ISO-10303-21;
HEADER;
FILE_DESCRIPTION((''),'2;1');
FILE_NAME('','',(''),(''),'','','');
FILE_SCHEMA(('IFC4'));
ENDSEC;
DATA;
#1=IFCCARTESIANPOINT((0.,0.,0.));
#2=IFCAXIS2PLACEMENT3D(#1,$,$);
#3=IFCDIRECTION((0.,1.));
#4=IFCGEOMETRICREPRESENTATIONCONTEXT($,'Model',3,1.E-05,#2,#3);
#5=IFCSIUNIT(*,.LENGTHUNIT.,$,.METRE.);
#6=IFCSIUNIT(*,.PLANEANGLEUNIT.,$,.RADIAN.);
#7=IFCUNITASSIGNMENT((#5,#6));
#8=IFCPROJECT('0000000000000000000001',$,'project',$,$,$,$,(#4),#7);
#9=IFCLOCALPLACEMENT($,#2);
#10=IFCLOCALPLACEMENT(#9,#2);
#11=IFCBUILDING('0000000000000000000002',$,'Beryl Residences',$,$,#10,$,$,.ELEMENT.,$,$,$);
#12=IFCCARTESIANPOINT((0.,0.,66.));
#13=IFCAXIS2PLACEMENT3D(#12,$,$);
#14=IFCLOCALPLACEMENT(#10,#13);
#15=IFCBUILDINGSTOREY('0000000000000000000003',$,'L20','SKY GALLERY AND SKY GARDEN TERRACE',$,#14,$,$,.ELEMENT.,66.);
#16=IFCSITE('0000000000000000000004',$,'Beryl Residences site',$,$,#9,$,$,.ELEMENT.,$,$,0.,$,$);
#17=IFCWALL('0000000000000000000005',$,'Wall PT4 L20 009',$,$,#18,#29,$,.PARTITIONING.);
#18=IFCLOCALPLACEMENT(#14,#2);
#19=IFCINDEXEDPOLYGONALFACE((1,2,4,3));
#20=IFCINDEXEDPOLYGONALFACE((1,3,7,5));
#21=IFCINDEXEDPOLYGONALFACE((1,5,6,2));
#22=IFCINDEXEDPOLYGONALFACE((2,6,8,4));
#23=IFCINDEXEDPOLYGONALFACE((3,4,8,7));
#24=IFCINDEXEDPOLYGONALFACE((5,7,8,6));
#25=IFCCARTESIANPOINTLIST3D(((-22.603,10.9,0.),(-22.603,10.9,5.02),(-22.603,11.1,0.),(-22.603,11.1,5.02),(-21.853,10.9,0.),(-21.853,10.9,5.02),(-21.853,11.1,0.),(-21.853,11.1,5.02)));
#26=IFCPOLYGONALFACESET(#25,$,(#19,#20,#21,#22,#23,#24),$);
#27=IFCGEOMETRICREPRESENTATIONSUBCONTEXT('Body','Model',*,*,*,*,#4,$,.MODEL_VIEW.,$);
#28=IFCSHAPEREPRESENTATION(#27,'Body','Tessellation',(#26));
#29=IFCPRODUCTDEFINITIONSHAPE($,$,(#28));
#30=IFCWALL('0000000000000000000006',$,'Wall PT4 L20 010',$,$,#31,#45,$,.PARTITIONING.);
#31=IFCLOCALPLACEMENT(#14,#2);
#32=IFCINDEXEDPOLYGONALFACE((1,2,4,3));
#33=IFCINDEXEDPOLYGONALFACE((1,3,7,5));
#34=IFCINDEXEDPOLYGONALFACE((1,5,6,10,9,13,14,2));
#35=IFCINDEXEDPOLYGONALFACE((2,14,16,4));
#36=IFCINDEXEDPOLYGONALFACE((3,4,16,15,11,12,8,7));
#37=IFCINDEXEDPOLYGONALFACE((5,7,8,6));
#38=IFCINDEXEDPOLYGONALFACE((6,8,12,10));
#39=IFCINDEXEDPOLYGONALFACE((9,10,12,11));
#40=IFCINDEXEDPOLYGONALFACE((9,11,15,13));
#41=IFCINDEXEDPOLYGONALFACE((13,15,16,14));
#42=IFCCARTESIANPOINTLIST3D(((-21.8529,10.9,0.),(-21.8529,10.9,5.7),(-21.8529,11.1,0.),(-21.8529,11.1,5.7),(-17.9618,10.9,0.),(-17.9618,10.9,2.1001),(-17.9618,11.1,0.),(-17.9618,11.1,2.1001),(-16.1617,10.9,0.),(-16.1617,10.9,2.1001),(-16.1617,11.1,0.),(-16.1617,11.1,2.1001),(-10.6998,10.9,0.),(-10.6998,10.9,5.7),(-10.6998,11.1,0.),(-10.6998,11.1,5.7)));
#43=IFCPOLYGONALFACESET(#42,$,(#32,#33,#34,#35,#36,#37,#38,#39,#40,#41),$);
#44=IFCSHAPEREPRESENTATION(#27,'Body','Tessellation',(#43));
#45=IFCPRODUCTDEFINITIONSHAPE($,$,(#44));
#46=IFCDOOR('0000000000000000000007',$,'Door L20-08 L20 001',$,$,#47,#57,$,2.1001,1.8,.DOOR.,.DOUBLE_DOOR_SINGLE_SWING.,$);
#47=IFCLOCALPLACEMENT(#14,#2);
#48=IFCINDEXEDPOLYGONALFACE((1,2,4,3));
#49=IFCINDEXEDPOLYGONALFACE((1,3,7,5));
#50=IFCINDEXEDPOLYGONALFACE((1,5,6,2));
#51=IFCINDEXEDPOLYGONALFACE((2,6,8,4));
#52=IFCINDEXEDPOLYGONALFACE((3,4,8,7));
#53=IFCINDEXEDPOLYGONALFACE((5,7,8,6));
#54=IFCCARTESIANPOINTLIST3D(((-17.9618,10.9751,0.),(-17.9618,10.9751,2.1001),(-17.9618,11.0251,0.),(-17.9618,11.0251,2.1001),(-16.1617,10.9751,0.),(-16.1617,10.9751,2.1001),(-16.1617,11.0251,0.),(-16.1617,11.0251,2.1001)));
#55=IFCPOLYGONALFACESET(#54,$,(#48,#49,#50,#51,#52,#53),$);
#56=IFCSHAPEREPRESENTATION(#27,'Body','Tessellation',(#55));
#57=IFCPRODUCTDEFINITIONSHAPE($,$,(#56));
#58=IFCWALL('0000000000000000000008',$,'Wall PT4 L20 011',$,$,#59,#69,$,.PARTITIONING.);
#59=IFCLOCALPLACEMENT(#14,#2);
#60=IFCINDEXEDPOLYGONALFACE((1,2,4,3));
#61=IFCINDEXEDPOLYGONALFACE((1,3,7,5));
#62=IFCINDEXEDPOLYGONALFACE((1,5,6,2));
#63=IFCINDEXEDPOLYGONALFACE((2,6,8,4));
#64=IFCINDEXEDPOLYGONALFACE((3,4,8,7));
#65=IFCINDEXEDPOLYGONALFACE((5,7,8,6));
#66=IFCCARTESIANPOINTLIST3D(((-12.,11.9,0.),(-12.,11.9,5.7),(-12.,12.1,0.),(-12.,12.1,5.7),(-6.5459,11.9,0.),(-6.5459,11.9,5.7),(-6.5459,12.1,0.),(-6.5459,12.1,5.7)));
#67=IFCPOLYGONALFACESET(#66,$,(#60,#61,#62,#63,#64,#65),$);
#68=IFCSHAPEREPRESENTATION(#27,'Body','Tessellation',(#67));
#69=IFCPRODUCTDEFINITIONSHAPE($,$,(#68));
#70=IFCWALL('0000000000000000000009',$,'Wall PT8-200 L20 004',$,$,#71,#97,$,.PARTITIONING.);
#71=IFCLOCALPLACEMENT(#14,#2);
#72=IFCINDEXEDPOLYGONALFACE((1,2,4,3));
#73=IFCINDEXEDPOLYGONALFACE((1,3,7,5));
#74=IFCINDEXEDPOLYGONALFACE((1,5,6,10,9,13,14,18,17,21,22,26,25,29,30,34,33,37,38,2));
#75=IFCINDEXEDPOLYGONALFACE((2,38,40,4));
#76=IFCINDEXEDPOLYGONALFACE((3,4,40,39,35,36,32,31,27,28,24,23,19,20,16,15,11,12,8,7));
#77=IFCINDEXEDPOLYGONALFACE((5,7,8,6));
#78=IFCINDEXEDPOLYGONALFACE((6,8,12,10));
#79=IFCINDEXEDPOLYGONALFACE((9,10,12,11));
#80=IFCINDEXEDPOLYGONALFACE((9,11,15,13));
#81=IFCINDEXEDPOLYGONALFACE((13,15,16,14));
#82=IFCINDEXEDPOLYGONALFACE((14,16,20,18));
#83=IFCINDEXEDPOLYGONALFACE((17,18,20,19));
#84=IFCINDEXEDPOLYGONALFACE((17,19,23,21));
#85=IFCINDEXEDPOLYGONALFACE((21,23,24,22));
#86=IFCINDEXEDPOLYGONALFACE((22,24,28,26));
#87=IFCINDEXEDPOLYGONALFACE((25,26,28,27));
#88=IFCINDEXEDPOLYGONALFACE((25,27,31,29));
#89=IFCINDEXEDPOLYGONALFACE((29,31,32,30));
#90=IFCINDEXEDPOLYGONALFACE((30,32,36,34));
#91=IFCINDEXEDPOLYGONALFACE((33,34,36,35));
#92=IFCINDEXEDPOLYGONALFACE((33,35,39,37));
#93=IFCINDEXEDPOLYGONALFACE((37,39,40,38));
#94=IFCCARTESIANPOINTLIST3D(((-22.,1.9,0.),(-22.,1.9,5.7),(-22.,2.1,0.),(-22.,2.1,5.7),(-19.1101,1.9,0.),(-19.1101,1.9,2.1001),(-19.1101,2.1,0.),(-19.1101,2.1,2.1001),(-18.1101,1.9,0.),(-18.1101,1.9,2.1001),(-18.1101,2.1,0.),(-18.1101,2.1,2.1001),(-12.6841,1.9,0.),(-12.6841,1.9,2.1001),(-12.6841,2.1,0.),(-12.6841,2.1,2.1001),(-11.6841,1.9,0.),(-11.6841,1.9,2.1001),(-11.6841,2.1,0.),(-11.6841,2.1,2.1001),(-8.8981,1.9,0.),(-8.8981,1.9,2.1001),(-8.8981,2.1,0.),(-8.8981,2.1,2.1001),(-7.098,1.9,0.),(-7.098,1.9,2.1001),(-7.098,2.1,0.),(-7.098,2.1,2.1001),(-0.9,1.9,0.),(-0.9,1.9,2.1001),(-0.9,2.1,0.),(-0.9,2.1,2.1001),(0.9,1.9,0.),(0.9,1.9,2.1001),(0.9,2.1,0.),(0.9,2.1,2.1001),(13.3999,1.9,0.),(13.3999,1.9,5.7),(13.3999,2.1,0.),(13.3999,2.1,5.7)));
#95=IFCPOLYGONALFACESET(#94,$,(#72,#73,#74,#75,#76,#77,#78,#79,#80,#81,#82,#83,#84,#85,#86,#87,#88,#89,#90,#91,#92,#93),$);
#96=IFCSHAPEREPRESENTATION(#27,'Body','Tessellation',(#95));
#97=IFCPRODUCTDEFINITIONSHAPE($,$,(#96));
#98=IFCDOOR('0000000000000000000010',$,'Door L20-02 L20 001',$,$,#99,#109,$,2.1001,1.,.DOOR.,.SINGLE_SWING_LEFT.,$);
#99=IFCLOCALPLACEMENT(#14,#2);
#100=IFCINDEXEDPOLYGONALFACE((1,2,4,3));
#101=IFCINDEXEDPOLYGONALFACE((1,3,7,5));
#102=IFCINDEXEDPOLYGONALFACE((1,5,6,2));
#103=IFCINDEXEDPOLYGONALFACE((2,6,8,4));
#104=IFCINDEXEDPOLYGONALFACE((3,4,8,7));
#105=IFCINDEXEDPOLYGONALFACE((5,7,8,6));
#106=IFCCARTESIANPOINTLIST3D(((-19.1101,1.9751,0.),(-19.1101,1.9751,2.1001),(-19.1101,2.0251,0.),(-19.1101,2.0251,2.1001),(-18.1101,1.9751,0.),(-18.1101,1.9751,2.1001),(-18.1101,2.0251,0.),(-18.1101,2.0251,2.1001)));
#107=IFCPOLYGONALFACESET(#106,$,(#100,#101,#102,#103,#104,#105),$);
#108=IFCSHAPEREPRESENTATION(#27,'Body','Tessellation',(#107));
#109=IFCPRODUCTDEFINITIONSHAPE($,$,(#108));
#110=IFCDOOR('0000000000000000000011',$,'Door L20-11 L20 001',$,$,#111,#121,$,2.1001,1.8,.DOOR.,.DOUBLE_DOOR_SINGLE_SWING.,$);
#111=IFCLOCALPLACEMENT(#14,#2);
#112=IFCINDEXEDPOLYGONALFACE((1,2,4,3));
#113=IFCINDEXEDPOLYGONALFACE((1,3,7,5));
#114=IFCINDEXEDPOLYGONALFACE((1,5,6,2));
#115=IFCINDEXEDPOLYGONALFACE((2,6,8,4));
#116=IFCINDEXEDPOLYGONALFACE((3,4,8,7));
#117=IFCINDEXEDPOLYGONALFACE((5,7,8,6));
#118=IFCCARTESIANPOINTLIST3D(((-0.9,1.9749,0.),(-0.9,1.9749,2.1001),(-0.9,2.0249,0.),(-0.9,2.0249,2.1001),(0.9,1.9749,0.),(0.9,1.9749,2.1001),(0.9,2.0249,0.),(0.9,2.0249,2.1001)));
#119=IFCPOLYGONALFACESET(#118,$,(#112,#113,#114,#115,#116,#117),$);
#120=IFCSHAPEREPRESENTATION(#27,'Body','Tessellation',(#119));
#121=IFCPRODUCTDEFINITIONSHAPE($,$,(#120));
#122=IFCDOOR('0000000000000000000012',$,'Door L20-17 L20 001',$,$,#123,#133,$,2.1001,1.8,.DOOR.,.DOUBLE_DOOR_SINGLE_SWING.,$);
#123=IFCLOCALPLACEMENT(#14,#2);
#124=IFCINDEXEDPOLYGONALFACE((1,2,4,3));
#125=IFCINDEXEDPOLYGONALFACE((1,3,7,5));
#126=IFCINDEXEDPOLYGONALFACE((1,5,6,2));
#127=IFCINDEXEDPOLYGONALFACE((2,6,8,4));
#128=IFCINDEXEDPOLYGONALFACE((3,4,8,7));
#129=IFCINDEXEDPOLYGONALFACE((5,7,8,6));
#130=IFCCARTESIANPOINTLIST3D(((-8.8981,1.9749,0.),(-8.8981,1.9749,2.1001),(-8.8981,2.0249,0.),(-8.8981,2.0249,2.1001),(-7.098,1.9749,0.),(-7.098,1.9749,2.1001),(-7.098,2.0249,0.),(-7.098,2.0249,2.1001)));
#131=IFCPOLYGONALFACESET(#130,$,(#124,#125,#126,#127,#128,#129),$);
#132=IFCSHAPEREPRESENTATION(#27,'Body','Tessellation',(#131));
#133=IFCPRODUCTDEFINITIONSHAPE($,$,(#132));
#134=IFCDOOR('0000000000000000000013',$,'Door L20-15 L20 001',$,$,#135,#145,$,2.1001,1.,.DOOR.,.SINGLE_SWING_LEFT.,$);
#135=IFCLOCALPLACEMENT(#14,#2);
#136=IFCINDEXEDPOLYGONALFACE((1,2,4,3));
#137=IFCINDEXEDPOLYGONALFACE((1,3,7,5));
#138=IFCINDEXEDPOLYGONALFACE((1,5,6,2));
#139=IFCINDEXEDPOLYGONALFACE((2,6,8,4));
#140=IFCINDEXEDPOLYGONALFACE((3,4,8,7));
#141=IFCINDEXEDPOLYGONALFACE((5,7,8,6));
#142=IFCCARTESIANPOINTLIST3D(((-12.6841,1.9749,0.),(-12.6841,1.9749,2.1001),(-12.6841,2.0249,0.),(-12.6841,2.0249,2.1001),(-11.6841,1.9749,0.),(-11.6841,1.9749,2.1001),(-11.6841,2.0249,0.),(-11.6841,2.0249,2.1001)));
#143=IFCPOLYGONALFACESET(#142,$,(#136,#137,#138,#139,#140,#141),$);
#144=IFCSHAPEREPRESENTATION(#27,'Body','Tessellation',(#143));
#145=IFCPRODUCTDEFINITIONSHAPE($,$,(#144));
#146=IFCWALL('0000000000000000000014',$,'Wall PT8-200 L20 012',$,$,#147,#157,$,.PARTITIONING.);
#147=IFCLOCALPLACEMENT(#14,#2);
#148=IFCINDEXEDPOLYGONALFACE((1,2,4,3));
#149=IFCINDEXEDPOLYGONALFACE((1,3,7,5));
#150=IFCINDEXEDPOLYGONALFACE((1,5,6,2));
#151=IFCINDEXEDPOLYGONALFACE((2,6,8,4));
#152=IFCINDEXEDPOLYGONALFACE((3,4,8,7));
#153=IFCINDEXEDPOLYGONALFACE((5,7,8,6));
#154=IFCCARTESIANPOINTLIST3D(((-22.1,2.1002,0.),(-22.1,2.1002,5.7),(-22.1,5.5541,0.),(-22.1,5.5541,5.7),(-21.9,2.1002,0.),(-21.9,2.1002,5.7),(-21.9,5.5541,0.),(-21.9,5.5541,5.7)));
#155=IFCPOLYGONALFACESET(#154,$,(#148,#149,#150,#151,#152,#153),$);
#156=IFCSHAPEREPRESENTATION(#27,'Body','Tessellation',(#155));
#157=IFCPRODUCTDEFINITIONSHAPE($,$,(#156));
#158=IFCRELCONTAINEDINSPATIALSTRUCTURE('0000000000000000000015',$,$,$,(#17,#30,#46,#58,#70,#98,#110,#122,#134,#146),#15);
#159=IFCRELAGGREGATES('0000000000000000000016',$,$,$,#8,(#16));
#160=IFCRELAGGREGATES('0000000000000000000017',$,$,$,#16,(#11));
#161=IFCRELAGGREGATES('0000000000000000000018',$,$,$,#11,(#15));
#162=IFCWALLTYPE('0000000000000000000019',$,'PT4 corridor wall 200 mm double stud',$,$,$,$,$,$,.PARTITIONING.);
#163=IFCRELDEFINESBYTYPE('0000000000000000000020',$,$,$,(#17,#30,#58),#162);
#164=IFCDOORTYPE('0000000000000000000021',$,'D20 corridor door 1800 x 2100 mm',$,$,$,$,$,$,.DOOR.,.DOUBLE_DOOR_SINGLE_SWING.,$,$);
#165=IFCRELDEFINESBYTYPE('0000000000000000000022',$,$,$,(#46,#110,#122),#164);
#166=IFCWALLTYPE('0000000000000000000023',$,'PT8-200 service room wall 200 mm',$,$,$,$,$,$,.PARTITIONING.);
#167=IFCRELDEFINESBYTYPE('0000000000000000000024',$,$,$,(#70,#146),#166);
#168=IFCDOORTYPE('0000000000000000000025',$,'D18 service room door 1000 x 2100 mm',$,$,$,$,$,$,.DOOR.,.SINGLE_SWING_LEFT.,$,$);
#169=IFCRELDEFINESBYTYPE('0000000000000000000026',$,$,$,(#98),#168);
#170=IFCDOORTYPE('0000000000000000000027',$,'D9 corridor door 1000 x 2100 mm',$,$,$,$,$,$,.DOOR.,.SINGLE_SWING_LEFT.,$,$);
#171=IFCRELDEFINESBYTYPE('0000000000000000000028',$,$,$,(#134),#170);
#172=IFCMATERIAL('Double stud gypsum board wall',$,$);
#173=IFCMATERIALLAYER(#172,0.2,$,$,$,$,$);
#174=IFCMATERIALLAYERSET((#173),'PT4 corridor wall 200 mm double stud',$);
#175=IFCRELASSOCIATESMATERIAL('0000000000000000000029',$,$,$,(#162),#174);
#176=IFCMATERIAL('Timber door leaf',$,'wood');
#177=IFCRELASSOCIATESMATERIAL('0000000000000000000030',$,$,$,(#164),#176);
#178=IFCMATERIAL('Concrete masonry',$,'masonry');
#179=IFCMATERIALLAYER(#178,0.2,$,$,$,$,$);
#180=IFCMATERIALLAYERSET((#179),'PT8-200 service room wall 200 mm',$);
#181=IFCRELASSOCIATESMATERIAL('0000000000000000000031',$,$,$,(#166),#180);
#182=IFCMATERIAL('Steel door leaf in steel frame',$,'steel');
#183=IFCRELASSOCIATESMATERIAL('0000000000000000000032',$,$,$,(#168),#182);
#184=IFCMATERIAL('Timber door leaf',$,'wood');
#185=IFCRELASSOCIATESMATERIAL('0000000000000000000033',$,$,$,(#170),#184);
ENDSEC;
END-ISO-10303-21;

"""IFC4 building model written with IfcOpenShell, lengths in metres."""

from ifc_helpers import new_model, si_unit, direction, frame, frame_2d, origin, place, context, subcontext, project, spatial, rectangle, extrude, material, layer, layer_set, type_object, element, fill, save


model = new_model("IFC4")

# Units and contexts
model_context = context("Model", 3, precision=1e-05, world=origin(), true_north=direction((0.0, 1.0)))
body_context = subcontext(model_context, "Body", "Model", "MODEL_VIEW")
ifc_project = project(units=[si_unit("LENGTHUNIT", "METRE"), si_unit("PLANEANGLEUNIT", "RADIAN")], contexts=[model_context])

# Site, building, storey
site_placement = place(None, origin())
site = spatial("IfcSite", under=ifc_project, at=site_placement, Name="Beryl Residences site", CompositionType="ELEMENT", RefElevation=0.0)
building_placement = place(site_placement, origin())
building = spatial("IfcBuilding", under=site, at=building_placement, Name="Beryl Residences", CompositionType="ELEMENT")
storey_placement = place(building_placement, frame((0.0, 0.0, 66.0)))
storey = spatial("IfcBuildingStorey", under=building, at=storey_placement, Name="L20", Description="SKY GALLERY AND SKY GARDEN TERRACE", CompositionType="ELEMENT", Elevation=66.0)

# Wall
ifc_material_1 = material(Name="Double stud gypsum board wall")
ifc_layer_1 = layer(ifc_material_1, 0.2)
ifc_layer_set_1 = layer_set([ifc_layer_1], Name="PT4 corridor wall 200 mm double stud")
wall_type_1 = type_object("IfcWallType", Name="PT4 corridor wall 200 mm double stud", PredefinedType="PARTITIONING", material=ifc_layer_set_1)
wall_1_placement = place(storey_placement, frame((-22.603, 11.0, 0.0), z_axis=(0.0, 0.0, 1.0), x_axis=(1.0, 0.0, 0.0)))
element("IfcWall", 1, at=wall_1_placement, inside=storey, type_object=wall_type_1, Name="Wall PT4 L20 009", PredefinedType="PARTITIONING", context=body_context, shape_type="SweptSolid", body=[
    extrude(rectangle(XDim=0.75, YDim=0.2, at=frame_2d((0.375, 0.0))), origin(), (0.0, 0.0, 1.0), 5.02),
])

# Wall, opening, door
wall_2_placement = place(storey_placement, frame((-21.853, 11.0, 0.0), z_axis=(0.0, 0.0, 1.0), x_axis=(1.0, 0.0, 0.0)))
wall_2 = element("IfcWall", 2, at=wall_2_placement, inside=storey, type_object=wall_type_1, Name="Wall PT4 L20 010", PredefinedType="PARTITIONING", context=body_context, shape_type="SweptSolid", body=[
    extrude(rectangle(XDim=11.1531, YDim=0.2, at=frame_2d((5.5767, 0.0))), origin(), (0.0, 0.0, 1.0), 5.7),
])
opening_1_placement = place(wall_2_placement, frame((5.6912, 0.0, 0.0), z_axis=(0.0, 0.0, 1.0), x_axis=(-1.0, 0.0, 0.0)))
opening_1 = element("IfcOpeningElement", 3, at=opening_1_placement, cuts=wall_2, PredefinedType="OPENING", context=body_context, shape_type="SweptSolid", body=[
    extrude(rectangle(XDim=1.8, YDim=2.1001, at=frame_2d((0.8999, 1.05))), frame((0.0, 0.1099, 0.0), z_axis=(0.0, -1.0, 0.0), x_axis=(1.0, 0.0, 0.0)), (0.0, 0.0, 1.0), 0.22),
])
ifc_material_2 = material(Name="Timber door leaf", Category="wood")
door_type_1 = type_object("IfcDoorType", Name="D20 corridor door 1800 x 2100 mm", OperationType="DOUBLE_DOOR_SINGLE_SWING", PredefinedType="DOOR", material=ifc_material_2)
door_1_placement = place(opening_1_placement, origin())
door_1 = element("IfcDoor", 4, at=door_1_placement, inside=storey, type_object=door_type_1, Name="Door L20-08 L20 001", OperationType="DOUBLE_DOOR_SINGLE_SWING", OverallHeight=2.1001, OverallWidth=1.8, PredefinedType="DOOR", context=body_context, shape_type="SweptSolid", body=[
    extrude(rectangle(XDim=1.8, YDim=2.1001, at=frame_2d((0.8999, 1.05))), frame((0.0, 0.0249, 0.0), z_axis=(0.0, -1.0, 0.0), x_axis=(1.0, 0.0, 0.0)), (0.0, 0.0, 1.0), 0.05),
])
fill(opening_1, door_1)

# Wall
wall_3_placement = place(storey_placement, frame((-12.0, 12.0, 0.0), z_axis=(0.0, 0.0, 1.0), x_axis=(1.0, 0.0, 0.0)))
element("IfcWall", 5, at=wall_3_placement, inside=storey, type_object=wall_type_1, Name="Wall PT4 L20 011", PredefinedType="PARTITIONING", context=body_context, shape_type="SweptSolid", body=[
    extrude(rectangle(XDim=5.4541, YDim=0.2, at=frame_2d((2.7271, 0.0))), origin(), (0.0, 0.0, 1.0), 5.7),
])

# Wall, openings, doors
ifc_material_3 = material(Name="Concrete masonry", Category="masonry")
ifc_layer_2 = layer(ifc_material_3, 0.2)
ifc_layer_set_2 = layer_set([ifc_layer_2], Name="PT8-200 service room wall 200 mm")
wall_type_2 = type_object("IfcWallType", Name="PT8-200 service room wall 200 mm", PredefinedType="PARTITIONING", material=ifc_layer_set_2)
wall_4_placement = place(storey_placement, frame((-22.0, 2.0, 0.0), z_axis=(0.0, 0.0, 1.0), x_axis=(1.0, 0.0, 0.0)))
wall_4 = element("IfcWall", 6, at=wall_4_placement, inside=storey, type_object=wall_type_2, Name="Wall PT8-200 L20 004", PredefinedType="PARTITIONING", context=body_context, shape_type="SweptSolid", body=[
    extrude(rectangle(XDim=35.3999, YDim=0.2, at=frame_2d((17.7, 0.0))), origin(), (0.0, 0.0, 1.0), 5.7),
])
opening_2_placement = place(wall_4_placement, frame((3.8899, 0.0, 0.0), z_axis=(0.0, 0.0, 1.0), x_axis=(-1.0, 0.0, 0.0)))
opening_2 = element("IfcOpeningElement", 7, at=opening_2_placement, cuts=wall_4, PredefinedType="OPENING", context=body_context, shape_type="SweptSolid", body=[
    extrude(rectangle(XDim=1.0, YDim=2.1001, at=frame_2d((0.5, 1.05))), frame((0.0, 0.1099, 0.0), z_axis=(0.0, -1.0, 0.0), x_axis=(1.0, 0.0, 0.0)), (0.0, 0.0, 1.0), 0.22),
])
opening_3_placement = place(wall_4_placement, frame((21.1001, 0.0, 0.0)))
opening_3 = element("IfcOpeningElement", 8, at=opening_3_placement, cuts=wall_4, PredefinedType="OPENING", context=body_context, shape_type="SweptSolid", body=[
    extrude(rectangle(XDim=1.8, YDim=2.1001, at=frame_2d((0.8999, 1.05))), frame((0.0, 0.1099, 0.0), z_axis=(0.0, -1.0, 0.0), x_axis=(1.0, 0.0, 0.0)), (0.0, 0.0, 1.0), 0.22),
])
opening_4_placement = place(wall_4_placement, frame((9.3159, 0.0, 0.0)))
opening_4 = element("IfcOpeningElement", 9, at=opening_4_placement, cuts=wall_4, PredefinedType="OPENING", context=body_context, shape_type="SweptSolid", body=[
    extrude(rectangle(XDim=1.0, YDim=2.1001, at=frame_2d((0.5, 1.05))), frame((0.0, 0.1099, 0.0), z_axis=(0.0, -1.0, 0.0), x_axis=(1.0, 0.0, 0.0)), (0.0, 0.0, 1.0), 0.22),
])
opening_5_placement = place(wall_4_placement, frame((13.1021, 0.0, 0.0)))
opening_5 = element("IfcOpeningElement", 10, at=opening_5_placement, cuts=wall_4, PredefinedType="OPENING", context=body_context, shape_type="SweptSolid", body=[
    extrude(rectangle(XDim=1.8, YDim=2.1001, at=frame_2d((0.8999, 1.05))), frame((0.0, 0.1099, 0.0), z_axis=(0.0, -1.0, 0.0), x_axis=(1.0, 0.0, 0.0)), (0.0, 0.0, 1.0), 0.22),
])
ifc_material_4 = material(Name="Steel door leaf in steel frame", Category="steel")
door_type_2 = type_object("IfcDoorType", Name="D18 service room door 1000 x 2100 mm", OperationType="SINGLE_SWING_LEFT", PredefinedType="DOOR", material=ifc_material_4)
door_2_placement = place(opening_2_placement, origin())
door_2 = element("IfcDoor", 11, at=door_2_placement, inside=storey, type_object=door_type_2, Name="Door L20-02 L20 001", OperationType="SINGLE_SWING_LEFT", OverallHeight=2.1001, OverallWidth=1.0, PredefinedType="DOOR", context=body_context, shape_type="SweptSolid", body=[
    extrude(rectangle(XDim=1.0, YDim=2.1001, at=frame_2d((0.5, 1.05))), frame((0.0, 0.0249, 0.0), z_axis=(0.0, -1.0, 0.0), x_axis=(1.0, 0.0, 0.0)), (0.0, 0.0, 1.0), 0.05),
])
fill(opening_2, door_2)
door_3_placement = place(opening_3_placement, origin())
door_3 = element("IfcDoor", 12, at=door_3_placement, inside=storey, type_object=door_type_1, Name="Door L20-11 L20 001", OperationType="DOUBLE_DOOR_SINGLE_SWING", OverallHeight=2.1001, OverallWidth=1.8, PredefinedType="DOOR", context=body_context, shape_type="SweptSolid", body=[
    extrude(rectangle(XDim=1.8, YDim=2.1001, at=frame_2d((0.8999, 1.05))), frame((0.0, 0.0249, 0.0), z_axis=(0.0, -1.0, 0.0), x_axis=(1.0, 0.0, 0.0)), (0.0, 0.0, 1.0), 0.05),
])
fill(opening_3, door_3)
door_4_placement = place(opening_5_placement, origin())
door_4 = element("IfcDoor", 13, at=door_4_placement, inside=storey, type_object=door_type_1, Name="Door L20-17 L20 001", OperationType="DOUBLE_DOOR_SINGLE_SWING", OverallHeight=2.1001, OverallWidth=1.8, PredefinedType="DOOR", context=body_context, shape_type="SweptSolid", body=[
    extrude(rectangle(XDim=1.8, YDim=2.1001, at=frame_2d((0.8999, 1.05))), frame((0.0, 0.0249, 0.0), z_axis=(0.0, -1.0, 0.0), x_axis=(1.0, 0.0, 0.0)), (0.0, 0.0, 1.0), 0.05),
])
fill(opening_5, door_4)
ifc_material_5 = material(Name="Timber door leaf", Category="wood")
door_type_3 = type_object("IfcDoorType", Name="D9 corridor door 1000 x 2100 mm", OperationType="SINGLE_SWING_LEFT", PredefinedType="DOOR", material=ifc_material_5)
door_5_placement = place(opening_4_placement, origin())
door_5 = element("IfcDoor", 14, at=door_5_placement, inside=storey, type_object=door_type_3, Name="Door L20-15 L20 001", OperationType="SINGLE_SWING_LEFT", OverallHeight=2.1001, OverallWidth=1.0, PredefinedType="DOOR", context=body_context, shape_type="SweptSolid", body=[
    extrude(rectangle(XDim=1.0, YDim=2.1001, at=frame_2d((0.5, 1.05))), frame((0.0, 0.0249, 0.0), z_axis=(0.0, -1.0, 0.0), x_axis=(1.0, 0.0, 0.0)), (0.0, 0.0, 1.0), 0.05),
])
fill(opening_4, door_5)

# Wall
wall_5_placement = place(storey_placement, frame((-22.0, 2.1001, 0.0), z_axis=(0.0, 0.0, 1.0), x_axis=(0.0, 1.0, 0.0)))
element("IfcWall", 15, at=wall_5_placement, inside=storey, type_object=wall_type_2, Name="Wall PT8-200 L20 012", PredefinedType="PARTITIONING", context=body_context, shape_type="SweptSolid", body=[
    extrude(rectangle(XDim=3.4539, YDim=0.2, at=frame_2d((1.7271, 0.0))), origin(), (0.0, 0.0, 1.0), 5.7),
])

save(model, "model.ifc")
